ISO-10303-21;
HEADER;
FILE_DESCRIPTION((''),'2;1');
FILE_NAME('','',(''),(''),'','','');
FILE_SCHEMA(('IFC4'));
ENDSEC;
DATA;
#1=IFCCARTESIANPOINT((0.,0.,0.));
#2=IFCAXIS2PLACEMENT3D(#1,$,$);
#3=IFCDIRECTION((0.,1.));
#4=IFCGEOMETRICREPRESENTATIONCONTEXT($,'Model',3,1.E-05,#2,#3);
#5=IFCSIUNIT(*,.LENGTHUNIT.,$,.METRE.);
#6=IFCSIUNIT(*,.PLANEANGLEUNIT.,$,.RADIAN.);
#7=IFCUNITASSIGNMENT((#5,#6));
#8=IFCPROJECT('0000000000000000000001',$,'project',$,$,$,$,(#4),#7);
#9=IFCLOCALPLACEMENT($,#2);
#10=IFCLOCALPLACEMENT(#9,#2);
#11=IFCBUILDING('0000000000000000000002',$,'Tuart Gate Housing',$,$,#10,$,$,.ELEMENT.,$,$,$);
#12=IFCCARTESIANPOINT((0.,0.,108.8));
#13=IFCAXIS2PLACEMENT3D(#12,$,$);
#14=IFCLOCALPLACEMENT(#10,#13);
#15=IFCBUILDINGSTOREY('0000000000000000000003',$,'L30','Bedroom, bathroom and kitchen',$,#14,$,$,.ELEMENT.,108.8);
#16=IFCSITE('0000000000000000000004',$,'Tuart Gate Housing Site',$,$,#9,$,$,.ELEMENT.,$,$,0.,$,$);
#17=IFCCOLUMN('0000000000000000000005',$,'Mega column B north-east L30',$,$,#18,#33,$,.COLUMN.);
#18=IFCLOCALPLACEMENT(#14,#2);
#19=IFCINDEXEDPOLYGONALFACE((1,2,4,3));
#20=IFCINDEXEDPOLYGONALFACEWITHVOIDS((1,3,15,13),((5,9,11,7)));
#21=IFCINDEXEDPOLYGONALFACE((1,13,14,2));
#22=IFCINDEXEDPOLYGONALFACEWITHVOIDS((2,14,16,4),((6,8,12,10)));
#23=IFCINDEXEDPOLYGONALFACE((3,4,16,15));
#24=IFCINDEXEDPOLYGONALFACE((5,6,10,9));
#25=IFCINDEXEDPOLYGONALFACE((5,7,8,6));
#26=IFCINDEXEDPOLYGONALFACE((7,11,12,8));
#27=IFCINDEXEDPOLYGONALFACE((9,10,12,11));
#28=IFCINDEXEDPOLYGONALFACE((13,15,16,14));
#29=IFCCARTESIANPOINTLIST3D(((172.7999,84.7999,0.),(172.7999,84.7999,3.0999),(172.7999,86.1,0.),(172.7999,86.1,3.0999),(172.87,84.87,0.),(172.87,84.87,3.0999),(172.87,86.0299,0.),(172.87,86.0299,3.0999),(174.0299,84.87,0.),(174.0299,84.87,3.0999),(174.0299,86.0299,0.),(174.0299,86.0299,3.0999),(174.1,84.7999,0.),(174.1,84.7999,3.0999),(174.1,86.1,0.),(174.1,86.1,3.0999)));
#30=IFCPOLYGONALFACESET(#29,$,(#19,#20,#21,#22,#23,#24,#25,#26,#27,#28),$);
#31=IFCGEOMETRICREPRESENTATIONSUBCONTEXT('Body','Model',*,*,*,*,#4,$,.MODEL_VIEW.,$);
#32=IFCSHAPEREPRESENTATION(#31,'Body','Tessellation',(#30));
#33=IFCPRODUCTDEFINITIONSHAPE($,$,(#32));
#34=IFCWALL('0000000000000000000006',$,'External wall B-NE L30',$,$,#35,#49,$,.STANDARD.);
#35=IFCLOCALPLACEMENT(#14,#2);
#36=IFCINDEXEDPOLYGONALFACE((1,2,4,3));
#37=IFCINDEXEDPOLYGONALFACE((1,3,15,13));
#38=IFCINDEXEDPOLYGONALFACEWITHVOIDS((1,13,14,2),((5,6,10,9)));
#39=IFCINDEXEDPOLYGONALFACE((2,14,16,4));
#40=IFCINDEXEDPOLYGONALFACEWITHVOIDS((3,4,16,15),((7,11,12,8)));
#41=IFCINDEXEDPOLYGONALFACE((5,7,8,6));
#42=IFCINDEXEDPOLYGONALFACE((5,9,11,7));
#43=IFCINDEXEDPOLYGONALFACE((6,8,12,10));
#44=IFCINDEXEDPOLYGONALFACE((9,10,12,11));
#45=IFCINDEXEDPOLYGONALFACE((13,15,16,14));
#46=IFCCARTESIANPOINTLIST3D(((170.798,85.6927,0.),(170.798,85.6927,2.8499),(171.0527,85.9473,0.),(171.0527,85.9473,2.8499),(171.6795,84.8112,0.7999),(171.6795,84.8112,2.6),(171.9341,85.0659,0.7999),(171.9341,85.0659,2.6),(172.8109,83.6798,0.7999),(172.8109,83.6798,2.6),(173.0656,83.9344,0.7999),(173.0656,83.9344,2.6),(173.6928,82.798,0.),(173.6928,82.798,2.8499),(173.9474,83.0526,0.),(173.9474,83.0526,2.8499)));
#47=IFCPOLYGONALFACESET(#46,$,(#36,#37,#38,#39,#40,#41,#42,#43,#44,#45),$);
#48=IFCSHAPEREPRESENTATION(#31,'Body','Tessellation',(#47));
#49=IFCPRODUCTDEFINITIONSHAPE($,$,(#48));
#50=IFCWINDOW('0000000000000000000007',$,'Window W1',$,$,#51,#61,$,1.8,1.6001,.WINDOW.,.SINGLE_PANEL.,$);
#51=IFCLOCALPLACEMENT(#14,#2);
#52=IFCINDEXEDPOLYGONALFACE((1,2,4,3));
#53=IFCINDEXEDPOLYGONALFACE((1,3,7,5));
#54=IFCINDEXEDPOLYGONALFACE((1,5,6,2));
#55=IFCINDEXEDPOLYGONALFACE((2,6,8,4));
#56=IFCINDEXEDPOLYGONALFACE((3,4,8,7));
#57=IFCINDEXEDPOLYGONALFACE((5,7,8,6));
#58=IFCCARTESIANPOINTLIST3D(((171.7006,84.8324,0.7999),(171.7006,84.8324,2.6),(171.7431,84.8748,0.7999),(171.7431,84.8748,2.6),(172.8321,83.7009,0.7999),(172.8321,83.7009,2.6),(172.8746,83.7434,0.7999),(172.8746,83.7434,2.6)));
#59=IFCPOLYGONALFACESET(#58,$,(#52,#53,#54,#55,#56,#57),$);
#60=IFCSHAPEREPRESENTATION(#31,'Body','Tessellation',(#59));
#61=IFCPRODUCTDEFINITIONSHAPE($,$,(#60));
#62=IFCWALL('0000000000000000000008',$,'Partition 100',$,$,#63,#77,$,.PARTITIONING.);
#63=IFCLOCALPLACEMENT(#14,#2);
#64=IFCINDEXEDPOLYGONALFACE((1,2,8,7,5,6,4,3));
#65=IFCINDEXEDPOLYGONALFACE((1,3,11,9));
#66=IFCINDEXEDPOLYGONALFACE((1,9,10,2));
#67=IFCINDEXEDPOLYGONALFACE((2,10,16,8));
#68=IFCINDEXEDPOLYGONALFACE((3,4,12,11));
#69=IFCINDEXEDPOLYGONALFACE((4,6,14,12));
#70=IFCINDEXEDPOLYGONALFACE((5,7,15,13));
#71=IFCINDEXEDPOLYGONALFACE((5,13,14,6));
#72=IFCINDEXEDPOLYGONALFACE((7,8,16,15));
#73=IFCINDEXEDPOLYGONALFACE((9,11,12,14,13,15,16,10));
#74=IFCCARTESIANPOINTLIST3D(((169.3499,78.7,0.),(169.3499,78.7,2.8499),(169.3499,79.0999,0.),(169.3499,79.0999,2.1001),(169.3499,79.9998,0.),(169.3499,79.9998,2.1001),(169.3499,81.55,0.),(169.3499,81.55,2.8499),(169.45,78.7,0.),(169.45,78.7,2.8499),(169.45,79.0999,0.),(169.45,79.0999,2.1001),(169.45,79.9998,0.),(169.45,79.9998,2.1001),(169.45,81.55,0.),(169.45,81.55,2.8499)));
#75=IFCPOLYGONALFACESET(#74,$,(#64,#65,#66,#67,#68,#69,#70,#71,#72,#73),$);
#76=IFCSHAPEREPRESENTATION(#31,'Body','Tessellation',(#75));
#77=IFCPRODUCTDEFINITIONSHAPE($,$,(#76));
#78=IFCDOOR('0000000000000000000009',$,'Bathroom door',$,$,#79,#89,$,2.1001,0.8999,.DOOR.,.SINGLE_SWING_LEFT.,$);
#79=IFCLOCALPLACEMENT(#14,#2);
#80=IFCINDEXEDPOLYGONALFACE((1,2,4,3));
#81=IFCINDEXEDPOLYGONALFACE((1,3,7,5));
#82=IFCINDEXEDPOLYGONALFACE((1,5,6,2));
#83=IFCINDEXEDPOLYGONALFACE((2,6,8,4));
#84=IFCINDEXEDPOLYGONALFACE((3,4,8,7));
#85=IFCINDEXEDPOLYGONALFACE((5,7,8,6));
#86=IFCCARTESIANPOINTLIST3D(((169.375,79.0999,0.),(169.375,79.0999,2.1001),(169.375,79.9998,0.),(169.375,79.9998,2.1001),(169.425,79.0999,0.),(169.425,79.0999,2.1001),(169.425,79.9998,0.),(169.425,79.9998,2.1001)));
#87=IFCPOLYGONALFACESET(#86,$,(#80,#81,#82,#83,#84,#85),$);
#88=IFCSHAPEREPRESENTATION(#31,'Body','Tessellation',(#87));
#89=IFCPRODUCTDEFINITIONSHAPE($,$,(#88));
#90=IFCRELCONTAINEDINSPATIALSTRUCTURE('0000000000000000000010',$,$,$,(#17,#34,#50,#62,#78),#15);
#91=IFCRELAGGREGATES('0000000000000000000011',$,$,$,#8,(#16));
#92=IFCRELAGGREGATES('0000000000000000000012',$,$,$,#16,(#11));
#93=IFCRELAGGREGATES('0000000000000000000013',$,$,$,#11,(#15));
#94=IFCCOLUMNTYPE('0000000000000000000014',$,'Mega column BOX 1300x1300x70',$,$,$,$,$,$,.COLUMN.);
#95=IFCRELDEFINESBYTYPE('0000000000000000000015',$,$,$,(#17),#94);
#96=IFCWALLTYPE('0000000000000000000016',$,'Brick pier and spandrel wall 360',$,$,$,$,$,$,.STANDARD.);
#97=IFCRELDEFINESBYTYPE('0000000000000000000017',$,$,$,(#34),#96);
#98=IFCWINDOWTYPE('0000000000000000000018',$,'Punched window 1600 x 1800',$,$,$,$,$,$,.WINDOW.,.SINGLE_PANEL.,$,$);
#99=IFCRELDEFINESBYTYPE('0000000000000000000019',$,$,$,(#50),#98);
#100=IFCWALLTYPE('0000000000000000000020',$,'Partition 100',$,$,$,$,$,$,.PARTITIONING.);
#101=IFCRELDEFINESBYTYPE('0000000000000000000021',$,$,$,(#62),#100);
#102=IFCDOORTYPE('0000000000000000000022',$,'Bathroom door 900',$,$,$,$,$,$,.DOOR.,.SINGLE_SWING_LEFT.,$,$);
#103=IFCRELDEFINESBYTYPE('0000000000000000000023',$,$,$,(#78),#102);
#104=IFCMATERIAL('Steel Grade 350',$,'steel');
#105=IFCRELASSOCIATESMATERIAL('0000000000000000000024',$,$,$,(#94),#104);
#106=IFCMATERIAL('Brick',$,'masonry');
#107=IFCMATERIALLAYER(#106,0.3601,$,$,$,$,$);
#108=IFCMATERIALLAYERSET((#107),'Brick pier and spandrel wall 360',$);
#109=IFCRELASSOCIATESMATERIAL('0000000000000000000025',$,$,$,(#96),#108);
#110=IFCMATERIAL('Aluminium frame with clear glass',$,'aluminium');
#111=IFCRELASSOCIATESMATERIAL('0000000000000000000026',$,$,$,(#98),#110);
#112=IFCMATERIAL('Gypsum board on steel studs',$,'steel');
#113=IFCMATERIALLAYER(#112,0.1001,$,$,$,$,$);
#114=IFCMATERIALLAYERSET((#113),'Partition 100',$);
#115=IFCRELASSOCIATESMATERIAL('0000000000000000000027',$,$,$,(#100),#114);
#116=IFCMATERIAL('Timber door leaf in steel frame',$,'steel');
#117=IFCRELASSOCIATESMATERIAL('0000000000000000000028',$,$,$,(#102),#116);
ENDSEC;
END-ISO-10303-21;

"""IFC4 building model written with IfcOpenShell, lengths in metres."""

from ifc_helpers import new_model, si_unit, direction, frame, frame_2d, origin, origin_2d, place, context, subcontext, project, spatial, rectangle, hollow_rectangle, extrude, material, layer, layer_set, material_profile, profile_set, type_object, element, fill, save


model = new_model("IFC4")

# Units and contexts
model_context = context("Model", 3, precision=1e-05, world=origin(), true_north=direction((0.0, 1.0)))
body_context = subcontext(model_context, "Body", "Model", "MODEL_VIEW")
ifc_project = project(units=[si_unit("LENGTHUNIT", "METRE"), si_unit("PLANEANGLEUNIT", "RADIAN")], contexts=[model_context])

# Site, building, storey
site_placement = place(None, origin())
site = spatial("IfcSite", under=ifc_project, at=site_placement, Name="Tuart Gate Housing Site", CompositionType="ELEMENT", RefElevation=0.0)
building_placement = place(site_placement, origin())
building = spatial("IfcBuilding", under=site, at=building_placement, Name="Tuart Gate Housing", CompositionType="ELEMENT")
storey_placement = place(building_placement, frame((0.0, 0.0, 108.8)))
storey = spatial("IfcBuildingStorey", under=building, at=storey_placement, Name="L30", Description="Bedroom, bathroom and kitchen", CompositionType="ELEMENT", Elevation=108.8)

# Column
ifc_material_1 = material(Name="Steel Grade 350", Category="steel")
ifc_material_profile = material_profile(ifc_material_1, hollow_rectangle(XDim=1.3, YDim=1.3, WallThickness=0.0701, at=origin_2d()), Name="BOX 1300x1300x70")
ifc_profile_set = profile_set([ifc_material_profile], Name="Steel Grade 350")
column_type = type_object("IfcColumnType", Name="Mega column BOX 1300x1300x70", PredefinedType="COLUMN", material=ifc_profile_set)
column_placement = place(storey_placement, frame((173.45, 85.45, 0.0), z_axis=(0.0, 0.0, 1.0), x_axis=(1.0, 0.0, 0.0)))
element("IfcColumn", 1, at=column_placement, inside=storey, type_object=column_type, Name="Mega column B north-east L30", PredefinedType="COLUMN", context=body_context, shape_type="SweptSolid", body=[
    extrude(hollow_rectangle(XDim=1.3, YDim=1.3, WallThickness=0.0701, at=origin_2d()), origin(), (0.0, 0.0, 1.0), 3.0999),
])

# Wall, opening, window
ifc_material_2 = material(Name="Brick", Category="masonry")
ifc_layer_1 = layer(ifc_material_2, 0.3601)
ifc_layer_set_1 = layer_set([ifc_layer_1], Name="Brick pier and spandrel wall 360")
wall_type_1 = type_object("IfcWallType", Name="Brick pier and spandrel wall 360", PredefinedType="STANDARD", material=ifc_layer_set_1)
wall_1_placement = place(storey_placement, frame((173.8201, 82.9253, 0.0), z_axis=(0.0, 0.0, 1.0), x_axis=(-0.707107, 0.707107, 0.0)))
wall_1 = element("IfcWall", 2, at=wall_1_placement, inside=storey, type_object=wall_type_1, Name="External wall B-NE L30", PredefinedType="STANDARD", context=body_context, shape_type="SweptSolid", body=[
    extrude(rectangle(XDim=4.0938, YDim=0.3601, at=frame_2d((2.0469, 0.0))), origin(), (0.0, 0.0, 1.0), 2.8499),
])
opening_1_placement = place(wall_1_placement, frame((1.2471, 0.0, 0.8)))
opening_1 = element("IfcOpeningElement", 3, at=opening_1_placement, cuts=wall_1, PredefinedType="OPENING", context=body_context, shape_type="SweptSolid", body=[
    extrude(rectangle(XDim=1.6001, YDim=1.8, at=frame_2d((0.8, 0.8999))), frame((0.0, 0.1899, 0.0), z_axis=(0.0, -1.0, 0.0), x_axis=(1.0, 0.0, 0.0)), (0.0, 0.0, 1.0), 0.3801),
])
ifc_material_3 = material(Name="Aluminium frame with clear glass", Category="aluminium")
window_type_1 = type_object("IfcWindowType", Name="Punched window 1600 x 1800", PartitioningType="SINGLE_PANEL", PredefinedType="WINDOW", material=ifc_material_3)
window_1_placement = place(opening_1_placement, origin())
window_1 = element("IfcWindow", 4, at=window_1_placement, inside=storey, type_object=window_type_1, Name="Window W1", OverallHeight=1.8, OverallWidth=1.6001, PartitioningType="SINGLE_PANEL", PredefinedType="WINDOW", context=body_context, shape_type="SweptSolid", body=[
    extrude(rectangle(XDim=1.6001, YDim=1.8, at=frame_2d((0.8, 0.8999))), frame((0.0, 0.1501, 0.0), z_axis=(0.0, -1.0, 0.0), x_axis=(1.0, 0.0, 0.0)), (0.0, 0.0, 1.0), 0.0601),
])
fill(opening_1, window_1)

# Wall, opening, door
ifc_material_4 = material(Name="Gypsum board on steel studs", Category="steel")
ifc_layer_2 = layer(ifc_material_4, 0.1001)
ifc_layer_set_2 = layer_set([ifc_layer_2], Name="Partition 100")
wall_type_2 = type_object("IfcWallType", Name="Partition 100", PredefinedType="PARTITIONING", material=ifc_layer_set_2)
wall_2_placement = place(storey_placement, frame((169.3999, 78.7, 0.0), z_axis=(0.0, 0.0, 1.0), x_axis=(0.0, 1.0, 0.0)))
wall_2 = element("IfcWall", 5, at=wall_2_placement, inside=storey, type_object=wall_type_2, Name="Partition 100", PredefinedType="PARTITIONING", context=body_context, shape_type="SweptSolid", body=[
    extrude(rectangle(XDim=2.8501, YDim=0.1001, at=frame_2d((1.425, 0.0))), origin(), (0.0, 0.0, 1.0), 2.8499),
])
opening_2_placement = place(wall_2_placement, frame((0.3999, 0.0, 0.0)))
opening_2 = element("IfcOpeningElement", 6, at=opening_2_placement, cuts=wall_2, PredefinedType="OPENING", context=body_context, shape_type="SweptSolid", body=[
    extrude(rectangle(XDim=0.8999, YDim=2.1001, at=frame_2d((0.45, 1.05))), frame((0.0, 0.0601, 0.0), z_axis=(0.0, -1.0, 0.0), x_axis=(1.0, 0.0, 0.0)), (0.0, 0.0, 1.0), 0.1201),
])
ifc_material_5 = material(Name="Timber door leaf in steel frame", Category="steel")
door_type = type_object("IfcDoorType", Name="Bathroom door 900", OperationType="SINGLE_SWING_LEFT", PredefinedType="DOOR", material=ifc_material_5)
door_placement = place(opening_2_placement, origin())
door = element("IfcDoor", 7, at=door_placement, inside=storey, type_object=door_type, Name="Bathroom door", OperationType="SINGLE_SWING_LEFT", OverallHeight=2.1001, OverallWidth=0.8999, PredefinedType="DOOR", context=body_context, shape_type="SweptSolid", body=[
    extrude(rectangle(XDim=0.8999, YDim=2.1001, at=frame_2d((0.45, 1.05))), frame((0.0, 0.0249, 0.0), z_axis=(0.0, -1.0, 0.0), x_axis=(1.0, 0.0, 0.0)), (0.0, 0.0, 1.0), 0.05),
])
fill(opening_2, door)

save(model, "model.ifc")
